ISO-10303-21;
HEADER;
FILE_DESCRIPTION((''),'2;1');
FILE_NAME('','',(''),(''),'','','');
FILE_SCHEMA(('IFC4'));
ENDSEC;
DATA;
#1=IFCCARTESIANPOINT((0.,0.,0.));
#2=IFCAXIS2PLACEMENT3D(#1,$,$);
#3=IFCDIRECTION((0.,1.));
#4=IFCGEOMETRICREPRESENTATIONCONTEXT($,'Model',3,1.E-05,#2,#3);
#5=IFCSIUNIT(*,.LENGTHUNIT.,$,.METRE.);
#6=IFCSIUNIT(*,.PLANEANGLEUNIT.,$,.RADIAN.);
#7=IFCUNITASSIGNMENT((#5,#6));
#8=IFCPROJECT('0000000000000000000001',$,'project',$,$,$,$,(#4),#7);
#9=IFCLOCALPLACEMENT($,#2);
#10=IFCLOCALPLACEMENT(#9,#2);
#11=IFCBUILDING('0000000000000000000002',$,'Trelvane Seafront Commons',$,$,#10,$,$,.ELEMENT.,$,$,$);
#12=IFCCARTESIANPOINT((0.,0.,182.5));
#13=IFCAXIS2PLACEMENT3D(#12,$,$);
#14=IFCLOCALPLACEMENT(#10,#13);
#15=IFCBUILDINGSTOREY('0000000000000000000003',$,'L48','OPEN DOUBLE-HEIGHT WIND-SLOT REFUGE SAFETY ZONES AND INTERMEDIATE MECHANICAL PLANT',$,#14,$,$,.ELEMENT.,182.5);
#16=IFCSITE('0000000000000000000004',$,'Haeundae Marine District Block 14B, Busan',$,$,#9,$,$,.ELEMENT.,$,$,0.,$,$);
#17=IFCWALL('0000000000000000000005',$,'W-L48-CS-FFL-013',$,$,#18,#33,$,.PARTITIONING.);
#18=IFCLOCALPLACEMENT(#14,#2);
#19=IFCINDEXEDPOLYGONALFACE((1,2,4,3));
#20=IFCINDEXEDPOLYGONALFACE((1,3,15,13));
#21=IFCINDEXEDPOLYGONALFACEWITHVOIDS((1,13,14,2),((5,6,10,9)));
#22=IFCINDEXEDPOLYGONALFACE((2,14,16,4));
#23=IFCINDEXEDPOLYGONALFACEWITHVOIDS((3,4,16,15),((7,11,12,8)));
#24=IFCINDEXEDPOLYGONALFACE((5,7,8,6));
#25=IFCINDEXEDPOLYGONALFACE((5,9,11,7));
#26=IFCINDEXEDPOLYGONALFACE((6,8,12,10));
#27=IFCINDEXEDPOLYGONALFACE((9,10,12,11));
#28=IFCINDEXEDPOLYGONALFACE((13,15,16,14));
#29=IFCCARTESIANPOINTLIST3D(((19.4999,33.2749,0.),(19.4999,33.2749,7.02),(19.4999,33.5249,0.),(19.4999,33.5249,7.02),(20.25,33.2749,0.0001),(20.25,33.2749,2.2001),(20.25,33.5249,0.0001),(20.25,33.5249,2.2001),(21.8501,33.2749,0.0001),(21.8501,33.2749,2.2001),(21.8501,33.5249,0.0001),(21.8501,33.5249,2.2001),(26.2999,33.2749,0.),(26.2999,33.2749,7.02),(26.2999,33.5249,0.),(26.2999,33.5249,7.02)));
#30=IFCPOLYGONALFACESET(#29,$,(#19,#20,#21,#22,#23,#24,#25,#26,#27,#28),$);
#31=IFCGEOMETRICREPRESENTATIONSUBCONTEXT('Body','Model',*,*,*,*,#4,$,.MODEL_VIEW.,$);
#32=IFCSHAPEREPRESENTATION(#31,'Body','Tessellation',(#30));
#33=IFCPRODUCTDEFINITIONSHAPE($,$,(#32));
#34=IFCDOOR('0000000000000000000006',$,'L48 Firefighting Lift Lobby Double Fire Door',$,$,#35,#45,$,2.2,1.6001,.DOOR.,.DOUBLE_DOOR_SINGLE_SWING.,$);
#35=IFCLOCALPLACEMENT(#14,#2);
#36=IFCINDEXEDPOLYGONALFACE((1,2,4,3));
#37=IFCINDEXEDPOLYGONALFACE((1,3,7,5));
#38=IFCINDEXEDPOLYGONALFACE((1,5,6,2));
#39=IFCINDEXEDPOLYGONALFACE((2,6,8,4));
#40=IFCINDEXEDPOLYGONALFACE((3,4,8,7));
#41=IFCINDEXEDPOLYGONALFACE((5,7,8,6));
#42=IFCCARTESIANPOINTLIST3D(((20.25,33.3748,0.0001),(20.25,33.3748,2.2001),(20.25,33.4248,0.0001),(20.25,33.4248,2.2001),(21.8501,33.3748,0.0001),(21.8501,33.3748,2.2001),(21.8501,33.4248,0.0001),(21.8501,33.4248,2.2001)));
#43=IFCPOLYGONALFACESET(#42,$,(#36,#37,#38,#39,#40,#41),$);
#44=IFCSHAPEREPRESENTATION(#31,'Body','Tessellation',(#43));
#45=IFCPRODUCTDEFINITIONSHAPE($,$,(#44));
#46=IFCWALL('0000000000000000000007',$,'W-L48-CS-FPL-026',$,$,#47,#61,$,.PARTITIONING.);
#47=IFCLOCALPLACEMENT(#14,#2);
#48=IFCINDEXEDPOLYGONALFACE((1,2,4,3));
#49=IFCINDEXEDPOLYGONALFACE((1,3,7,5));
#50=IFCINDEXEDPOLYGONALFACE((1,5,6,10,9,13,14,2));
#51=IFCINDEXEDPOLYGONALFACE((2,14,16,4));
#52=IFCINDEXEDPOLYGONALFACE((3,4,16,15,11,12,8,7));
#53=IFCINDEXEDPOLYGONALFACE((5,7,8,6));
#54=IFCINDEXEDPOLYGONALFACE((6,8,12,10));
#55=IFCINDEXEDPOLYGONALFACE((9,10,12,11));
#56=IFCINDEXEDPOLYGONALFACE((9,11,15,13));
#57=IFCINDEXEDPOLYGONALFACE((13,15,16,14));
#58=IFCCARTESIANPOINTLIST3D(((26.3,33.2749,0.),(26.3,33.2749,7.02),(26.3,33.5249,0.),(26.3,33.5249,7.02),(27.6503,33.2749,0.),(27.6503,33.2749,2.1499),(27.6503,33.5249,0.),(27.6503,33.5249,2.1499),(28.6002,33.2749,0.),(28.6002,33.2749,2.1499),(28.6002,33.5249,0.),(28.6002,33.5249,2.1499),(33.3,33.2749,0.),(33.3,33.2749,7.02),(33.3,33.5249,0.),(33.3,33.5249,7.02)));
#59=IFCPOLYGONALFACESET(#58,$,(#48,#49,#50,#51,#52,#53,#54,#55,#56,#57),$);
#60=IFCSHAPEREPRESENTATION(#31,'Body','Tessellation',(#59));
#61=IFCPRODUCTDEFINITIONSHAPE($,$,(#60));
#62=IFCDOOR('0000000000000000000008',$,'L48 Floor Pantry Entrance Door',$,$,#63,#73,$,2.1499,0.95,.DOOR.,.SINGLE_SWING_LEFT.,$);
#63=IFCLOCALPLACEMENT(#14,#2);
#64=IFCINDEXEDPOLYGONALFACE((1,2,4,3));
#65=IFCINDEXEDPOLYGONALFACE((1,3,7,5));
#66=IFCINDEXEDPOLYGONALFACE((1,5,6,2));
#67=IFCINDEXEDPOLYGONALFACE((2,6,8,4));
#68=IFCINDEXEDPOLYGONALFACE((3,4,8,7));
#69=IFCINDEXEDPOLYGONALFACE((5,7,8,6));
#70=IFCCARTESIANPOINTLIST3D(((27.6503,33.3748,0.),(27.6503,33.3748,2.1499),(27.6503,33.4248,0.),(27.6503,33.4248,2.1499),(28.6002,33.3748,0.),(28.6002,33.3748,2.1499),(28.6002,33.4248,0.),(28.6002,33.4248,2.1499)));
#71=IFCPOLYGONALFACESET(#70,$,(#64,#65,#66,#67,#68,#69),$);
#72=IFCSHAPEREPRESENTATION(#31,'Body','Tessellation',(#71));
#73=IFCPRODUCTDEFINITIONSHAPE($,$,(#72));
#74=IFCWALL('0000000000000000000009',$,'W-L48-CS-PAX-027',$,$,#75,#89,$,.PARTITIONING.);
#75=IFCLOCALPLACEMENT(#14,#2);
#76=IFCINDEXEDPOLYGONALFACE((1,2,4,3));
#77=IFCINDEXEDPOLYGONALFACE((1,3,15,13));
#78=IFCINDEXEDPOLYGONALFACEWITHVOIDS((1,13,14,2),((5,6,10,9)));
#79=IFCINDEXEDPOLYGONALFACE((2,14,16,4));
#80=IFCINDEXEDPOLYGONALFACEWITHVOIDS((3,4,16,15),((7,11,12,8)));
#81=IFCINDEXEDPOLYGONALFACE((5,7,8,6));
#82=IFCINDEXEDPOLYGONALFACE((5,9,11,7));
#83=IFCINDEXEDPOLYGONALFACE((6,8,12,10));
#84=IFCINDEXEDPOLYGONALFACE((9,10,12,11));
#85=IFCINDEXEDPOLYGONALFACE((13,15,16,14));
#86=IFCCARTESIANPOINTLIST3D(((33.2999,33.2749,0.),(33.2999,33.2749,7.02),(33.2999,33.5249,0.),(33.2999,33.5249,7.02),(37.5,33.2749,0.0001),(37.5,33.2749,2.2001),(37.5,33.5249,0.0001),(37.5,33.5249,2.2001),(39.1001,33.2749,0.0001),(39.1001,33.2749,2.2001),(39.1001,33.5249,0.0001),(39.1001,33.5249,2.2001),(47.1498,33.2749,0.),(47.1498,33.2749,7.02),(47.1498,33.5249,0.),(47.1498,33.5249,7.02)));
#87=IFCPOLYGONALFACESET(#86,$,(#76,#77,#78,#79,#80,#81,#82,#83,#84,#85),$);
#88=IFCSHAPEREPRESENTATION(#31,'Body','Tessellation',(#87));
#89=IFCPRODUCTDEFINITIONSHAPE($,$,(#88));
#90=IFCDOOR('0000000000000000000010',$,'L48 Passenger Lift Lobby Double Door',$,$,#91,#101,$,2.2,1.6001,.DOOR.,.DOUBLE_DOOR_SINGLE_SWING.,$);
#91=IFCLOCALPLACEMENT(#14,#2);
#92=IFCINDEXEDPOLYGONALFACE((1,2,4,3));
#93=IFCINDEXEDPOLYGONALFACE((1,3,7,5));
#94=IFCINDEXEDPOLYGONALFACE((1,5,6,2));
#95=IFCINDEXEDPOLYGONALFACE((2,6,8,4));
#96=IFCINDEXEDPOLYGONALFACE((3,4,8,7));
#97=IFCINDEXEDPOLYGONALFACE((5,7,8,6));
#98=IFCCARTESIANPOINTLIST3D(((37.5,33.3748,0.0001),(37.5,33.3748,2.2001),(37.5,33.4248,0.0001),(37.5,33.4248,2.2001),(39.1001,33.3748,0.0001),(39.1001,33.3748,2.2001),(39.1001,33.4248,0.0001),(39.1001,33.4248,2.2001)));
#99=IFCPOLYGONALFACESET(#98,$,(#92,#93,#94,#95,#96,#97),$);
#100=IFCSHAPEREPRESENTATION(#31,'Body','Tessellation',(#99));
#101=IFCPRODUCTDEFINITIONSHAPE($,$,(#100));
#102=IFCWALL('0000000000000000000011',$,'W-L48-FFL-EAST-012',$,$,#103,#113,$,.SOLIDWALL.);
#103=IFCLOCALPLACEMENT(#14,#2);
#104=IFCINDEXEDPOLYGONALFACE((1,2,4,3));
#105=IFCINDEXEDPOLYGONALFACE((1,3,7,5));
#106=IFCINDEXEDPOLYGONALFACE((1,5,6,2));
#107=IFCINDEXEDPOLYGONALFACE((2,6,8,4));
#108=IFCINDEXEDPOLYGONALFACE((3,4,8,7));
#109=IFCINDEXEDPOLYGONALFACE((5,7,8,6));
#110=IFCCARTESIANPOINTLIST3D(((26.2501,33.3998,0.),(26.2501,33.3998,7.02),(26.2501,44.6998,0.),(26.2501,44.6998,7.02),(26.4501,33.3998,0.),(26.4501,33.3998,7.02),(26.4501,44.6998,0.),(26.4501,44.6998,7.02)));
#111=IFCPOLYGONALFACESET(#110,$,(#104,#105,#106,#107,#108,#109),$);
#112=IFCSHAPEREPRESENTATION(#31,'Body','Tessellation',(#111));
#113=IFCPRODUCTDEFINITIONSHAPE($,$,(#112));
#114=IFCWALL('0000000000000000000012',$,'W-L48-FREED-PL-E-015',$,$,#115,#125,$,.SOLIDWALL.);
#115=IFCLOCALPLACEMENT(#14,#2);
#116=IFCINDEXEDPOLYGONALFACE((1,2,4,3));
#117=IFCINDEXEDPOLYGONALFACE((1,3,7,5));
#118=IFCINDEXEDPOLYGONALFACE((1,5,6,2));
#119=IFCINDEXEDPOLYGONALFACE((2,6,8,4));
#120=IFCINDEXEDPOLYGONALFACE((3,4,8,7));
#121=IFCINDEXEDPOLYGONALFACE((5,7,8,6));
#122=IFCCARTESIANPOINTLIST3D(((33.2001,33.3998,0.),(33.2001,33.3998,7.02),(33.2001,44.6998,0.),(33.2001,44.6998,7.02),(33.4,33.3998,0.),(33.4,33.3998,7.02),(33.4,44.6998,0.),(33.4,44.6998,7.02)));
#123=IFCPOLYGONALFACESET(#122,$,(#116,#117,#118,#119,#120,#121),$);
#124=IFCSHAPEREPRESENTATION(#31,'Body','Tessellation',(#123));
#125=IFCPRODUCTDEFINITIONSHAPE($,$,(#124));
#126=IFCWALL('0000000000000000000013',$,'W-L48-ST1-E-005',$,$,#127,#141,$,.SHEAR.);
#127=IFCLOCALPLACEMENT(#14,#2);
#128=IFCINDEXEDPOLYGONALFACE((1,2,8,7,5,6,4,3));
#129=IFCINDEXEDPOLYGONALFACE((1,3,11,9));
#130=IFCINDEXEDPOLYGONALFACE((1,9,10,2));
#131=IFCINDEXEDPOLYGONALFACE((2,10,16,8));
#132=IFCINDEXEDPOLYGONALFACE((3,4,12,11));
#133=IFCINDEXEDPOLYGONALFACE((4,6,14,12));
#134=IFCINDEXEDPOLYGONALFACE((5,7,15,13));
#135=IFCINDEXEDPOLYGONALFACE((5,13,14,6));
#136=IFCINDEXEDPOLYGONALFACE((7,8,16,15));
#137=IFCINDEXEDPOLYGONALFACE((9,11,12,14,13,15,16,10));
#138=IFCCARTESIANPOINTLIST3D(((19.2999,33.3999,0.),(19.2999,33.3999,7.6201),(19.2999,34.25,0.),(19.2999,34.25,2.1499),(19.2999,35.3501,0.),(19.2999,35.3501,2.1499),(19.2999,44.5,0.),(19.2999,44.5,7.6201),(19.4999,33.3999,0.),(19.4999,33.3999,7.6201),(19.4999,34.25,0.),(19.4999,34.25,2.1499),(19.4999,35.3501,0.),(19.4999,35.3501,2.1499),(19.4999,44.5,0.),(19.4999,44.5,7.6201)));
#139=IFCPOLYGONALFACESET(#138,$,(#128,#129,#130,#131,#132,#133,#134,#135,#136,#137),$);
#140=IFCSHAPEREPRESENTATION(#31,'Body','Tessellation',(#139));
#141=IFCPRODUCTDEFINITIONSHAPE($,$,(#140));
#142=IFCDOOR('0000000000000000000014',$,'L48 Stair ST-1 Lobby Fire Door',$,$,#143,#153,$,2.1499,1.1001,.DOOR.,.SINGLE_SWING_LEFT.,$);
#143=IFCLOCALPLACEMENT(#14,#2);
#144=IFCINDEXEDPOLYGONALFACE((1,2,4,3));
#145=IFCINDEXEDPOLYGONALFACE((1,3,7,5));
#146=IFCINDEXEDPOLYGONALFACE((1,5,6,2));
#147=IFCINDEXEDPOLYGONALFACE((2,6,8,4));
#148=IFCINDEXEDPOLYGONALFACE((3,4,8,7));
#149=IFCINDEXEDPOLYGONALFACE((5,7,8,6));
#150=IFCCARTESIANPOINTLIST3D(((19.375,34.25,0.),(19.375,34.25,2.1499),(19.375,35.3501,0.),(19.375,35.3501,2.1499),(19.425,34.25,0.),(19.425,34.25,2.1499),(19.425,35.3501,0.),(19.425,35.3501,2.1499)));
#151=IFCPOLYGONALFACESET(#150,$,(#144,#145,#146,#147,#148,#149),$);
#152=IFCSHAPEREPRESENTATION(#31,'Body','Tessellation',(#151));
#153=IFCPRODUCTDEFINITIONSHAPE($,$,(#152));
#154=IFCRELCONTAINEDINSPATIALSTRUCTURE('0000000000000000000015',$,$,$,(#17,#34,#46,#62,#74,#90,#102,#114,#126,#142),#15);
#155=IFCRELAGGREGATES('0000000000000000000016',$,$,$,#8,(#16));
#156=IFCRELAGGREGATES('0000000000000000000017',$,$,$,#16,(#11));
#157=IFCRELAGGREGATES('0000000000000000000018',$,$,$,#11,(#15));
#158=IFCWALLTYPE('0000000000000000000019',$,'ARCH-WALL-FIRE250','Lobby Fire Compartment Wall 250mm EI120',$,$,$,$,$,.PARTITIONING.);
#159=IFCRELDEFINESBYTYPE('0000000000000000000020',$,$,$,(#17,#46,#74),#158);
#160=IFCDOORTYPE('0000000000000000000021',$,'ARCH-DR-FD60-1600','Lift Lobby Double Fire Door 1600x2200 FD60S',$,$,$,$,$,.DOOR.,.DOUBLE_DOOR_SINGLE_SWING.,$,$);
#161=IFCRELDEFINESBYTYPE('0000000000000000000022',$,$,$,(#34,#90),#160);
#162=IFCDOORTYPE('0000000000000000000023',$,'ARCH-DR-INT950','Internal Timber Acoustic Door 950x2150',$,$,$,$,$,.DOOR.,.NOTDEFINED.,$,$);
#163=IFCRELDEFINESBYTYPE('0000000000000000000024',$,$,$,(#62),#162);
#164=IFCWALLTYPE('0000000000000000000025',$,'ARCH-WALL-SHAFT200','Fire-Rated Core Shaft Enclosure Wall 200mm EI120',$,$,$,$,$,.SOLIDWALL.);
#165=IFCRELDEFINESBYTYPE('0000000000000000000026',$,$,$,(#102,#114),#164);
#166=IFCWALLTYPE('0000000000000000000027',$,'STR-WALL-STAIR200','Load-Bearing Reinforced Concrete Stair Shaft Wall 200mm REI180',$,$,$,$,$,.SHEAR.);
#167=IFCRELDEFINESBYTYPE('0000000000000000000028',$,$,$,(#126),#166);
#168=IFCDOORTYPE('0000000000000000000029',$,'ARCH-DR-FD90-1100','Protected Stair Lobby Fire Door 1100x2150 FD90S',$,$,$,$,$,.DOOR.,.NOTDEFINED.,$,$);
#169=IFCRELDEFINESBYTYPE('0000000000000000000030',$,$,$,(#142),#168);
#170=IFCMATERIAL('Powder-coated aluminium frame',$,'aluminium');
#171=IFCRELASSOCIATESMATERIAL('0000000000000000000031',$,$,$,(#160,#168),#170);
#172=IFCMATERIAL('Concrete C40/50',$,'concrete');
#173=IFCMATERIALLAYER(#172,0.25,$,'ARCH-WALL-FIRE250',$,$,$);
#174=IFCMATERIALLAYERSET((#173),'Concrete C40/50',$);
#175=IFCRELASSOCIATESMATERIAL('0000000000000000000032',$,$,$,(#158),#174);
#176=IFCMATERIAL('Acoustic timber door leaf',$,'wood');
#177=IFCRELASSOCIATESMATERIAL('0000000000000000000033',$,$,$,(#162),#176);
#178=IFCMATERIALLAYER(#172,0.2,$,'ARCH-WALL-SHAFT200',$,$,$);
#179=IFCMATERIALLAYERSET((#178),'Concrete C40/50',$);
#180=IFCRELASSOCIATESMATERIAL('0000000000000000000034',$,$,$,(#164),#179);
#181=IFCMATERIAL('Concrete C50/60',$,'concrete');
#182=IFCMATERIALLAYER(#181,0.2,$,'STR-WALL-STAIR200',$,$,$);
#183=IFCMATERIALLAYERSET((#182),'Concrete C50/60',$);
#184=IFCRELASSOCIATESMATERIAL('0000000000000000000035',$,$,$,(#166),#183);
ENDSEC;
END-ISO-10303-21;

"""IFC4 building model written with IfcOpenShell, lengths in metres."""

from ifc_helpers import new_model, si_unit, direction, frame, frame_2d, origin, place, context, subcontext, project, spatial, rectangle, extrude, source, transform, mapped, material, layer, layer_set, type_object, element, fill, save


model = new_model("IFC4")

# Units and contexts
model_context = context("Model", 3, precision=1e-05, world=origin(), true_north=direction((0.0, 1.0)))
body_context = subcontext(model_context, "Body", "Model", "MODEL_VIEW")
ifc_project = project(units=[si_unit("LENGTHUNIT", "METRE"), si_unit("PLANEANGLEUNIT", "RADIAN")], contexts=[model_context])

# Site, building, storey
site_placement = place(None, origin())
site = spatial("IfcSite", under=ifc_project, at=site_placement, Name="Haeundae Marine District Block 14B, Busan", CompositionType="ELEMENT", RefElevation=0.0)
building_placement = place(site_placement, origin())
building = spatial("IfcBuilding", under=site, at=building_placement, Name="Trelvane Seafront Commons", CompositionType="ELEMENT")
storey_placement = place(building_placement, frame((0.0, 0.0, 182.5)))
storey = spatial("IfcBuildingStorey", under=building, at=storey_placement, Name="L48", Description="OPEN DOUBLE-HEIGHT WIND-SLOT REFUGE SAFETY ZONES AND INTERMEDIATE MECHANICAL PLANT", CompositionType="ELEMENT", Elevation=182.5)

# Shared definitions
ifc_material_1 = material(Name="Concrete C50/60", Category="concrete")

# Walls, openings, doors
ifc_material_2 = material(Name="Concrete C40/50", Category="concrete")
ifc_material_3 = material(Name="Powder-coated aluminium frame", Category="aluminium")
door_type_1 = type_object("IfcDoorType", Name="ARCH-DR-FD60-1600", Description="Lift Lobby Double Fire Door 1600x2200 FD60S", OperationType="DOUBLE_DOOR_SINGLE_SWING", PredefinedType="DOOR", material=ifc_material_3)
shared_shape_1 = source(origin(), body_context, "Body", "SweptSolid", [
    extrude(rectangle(XDim=1.6001, YDim=2.2, at=frame_2d((0.8, 1.1001))), frame((0.0, 0.0249, 0.0), z_axis=(0.0, -1.0, 0.0), x_axis=(1.0, 0.0, 0.0)), (0.0, 0.0, 1.0), 0.05),
])
ifc_layer_1 = layer(ifc_material_2, 0.25, Name="ARCH-WALL-FIRE250")
ifc_layer_set_1 = layer_set([ifc_layer_1], Name="Concrete C40/50")
wall_type_1 = type_object("IfcWallType", Name="ARCH-WALL-FIRE250", Description="Lobby Fire Compartment Wall 250mm EI120", PredefinedType="PARTITIONING", material=ifc_layer_set_1)
wall_1_placement = place(storey_placement, frame((19.5, 33.3999, 0.0), z_axis=(0.0, 0.0, 1.0), x_axis=(1.0, 0.0, 0.0)))
wall_1 = element("IfcWall", 1, at=wall_1_placement, inside=storey, type_object=wall_type_1, Name="W-L48-CS-FFL-013", PredefinedType="PARTITIONING", context=body_context, shape_type="SweptSolid", body=[
    extrude(rectangle(XDim=6.8, YDim=0.25, at=frame_2d((3.3999, 0.0))), origin(), (0.0, 0.0, 1.0), 7.02),
])
opening_1_placement = place(wall_1_placement, frame((0.75, 0.0, 0.0)))
opening_1 = element("IfcOpeningElement", 2, at=opening_1_placement, cuts=wall_1, PredefinedType="OPENING", context=body_context, shape_type="SweptSolid", body=[
    extrude(rectangle(XDim=1.6001, YDim=2.2, at=frame_2d((0.8, 1.1001))), frame((0.0, 0.135, 0.0), z_axis=(0.0, -1.0, 0.0), x_axis=(1.0, 0.0, 0.0)), (0.0, 0.0, 1.0), 0.27),
])
door_1_placement = place(opening_1_placement, origin())
door_1 = element("IfcDoor", 3, at=door_1_placement, inside=storey, type_object=door_type_1, Name="L48 Firefighting Lift Lobby Double Fire Door", OperationType="DOUBLE_DOOR_SINGLE_SWING", OverallHeight=2.2, OverallWidth=1.6001, PredefinedType="DOOR", context=body_context, shape_type="MappedRepresentation", body=[
    mapped(shared_shape_1, transform((0.0, 0.0, 0.0), x_axis=(1.0, 0.0, 0.0), y_axis=(0.0, 1.0, 0.0), z_axis=(0.0, 0.0, 1.0), scale=1.0)),
])
fill(opening_1, door_1)
wall_2_placement = place(storey_placement, frame((26.3, 33.3999, 0.0), z_axis=(0.0, 0.0, 1.0), x_axis=(1.0, 0.0, 0.0)))
wall_2 = element("IfcWall", 4, at=wall_2_placement, inside=storey, type_object=wall_type_1, Name="W-L48-CS-FPL-026", PredefinedType="PARTITIONING", context=body_context, shape_type="SweptSolid", body=[
    extrude(rectangle(XDim=7.0, YDim=0.25, at=frame_2d((3.5, 0.0))), origin(), (0.0, 0.0, 1.0), 7.02),
])
opening_2_placement = place(wall_2_placement, frame((1.3501, 0.0, 0.0)))
opening_2 = element("IfcOpeningElement", 5, at=opening_2_placement, cuts=wall_2, PredefinedType="OPENING", context=body_context, shape_type="SweptSolid", body=[
    extrude(rectangle(XDim=0.95, YDim=2.1499, at=frame_2d((0.4751, 1.075))), frame((0.0, 0.135, 0.0), z_axis=(0.0, -1.0, 0.0), x_axis=(1.0, 0.0, 0.0)), (0.0, 0.0, 1.0), 0.27),
])
ifc_material_4 = material(Name="Acoustic timber door leaf", Category="wood")
door_type_2 = type_object("IfcDoorType", Name="ARCH-DR-INT950", Description="Internal Timber Acoustic Door 950x2150", OperationType="NOTDEFINED", PredefinedType="DOOR", material=ifc_material_4)
shared_shape_2 = source(origin(), body_context, "Body", "SweptSolid", [
    extrude(rectangle(XDim=0.95, YDim=2.1499, at=frame_2d((0.4751, 1.075))), frame((0.0, 0.0249, 0.0), z_axis=(0.0, -1.0, 0.0), x_axis=(1.0, 0.0, 0.0)), (0.0, 0.0, 1.0), 0.05),
])
door_2_placement = place(opening_2_placement, origin())
door_2 = element("IfcDoor", 6, at=door_2_placement, inside=storey, type_object=door_type_2, Name="L48 Floor Pantry Entrance Door", OperationType="SINGLE_SWING_LEFT", OverallHeight=2.1499, OverallWidth=0.95, PredefinedType="DOOR", context=body_context, shape_type="MappedRepresentation", body=[
    mapped(shared_shape_2, transform((0.0, 0.0, 0.0), x_axis=(1.0, 0.0, 0.0), y_axis=(0.0, 1.0, 0.0), z_axis=(0.0, 0.0, 1.0), scale=1.0)),
])
fill(opening_2, door_2)
wall_3_placement = place(storey_placement, frame((33.3, 33.3999, 0.0), z_axis=(0.0, 0.0, 1.0), x_axis=(1.0, 0.0, 0.0)))
wall_3 = element("IfcWall", 7, at=wall_3_placement, inside=storey, type_object=wall_type_1, Name="W-L48-CS-PAX-027", PredefinedType="PARTITIONING", context=body_context, shape_type="SweptSolid", body=[
    extrude(rectangle(XDim=13.8499, YDim=0.25, at=frame_2d((6.9248, 0.0))), origin(), (0.0, 0.0, 1.0), 7.02),
])
opening_3_placement = place(wall_3_placement, frame((4.2, 0.0, 0.0)))
opening_3 = element("IfcOpeningElement", 8, at=opening_3_placement, cuts=wall_3, PredefinedType="OPENING", context=body_context, shape_type="SweptSolid", body=[
    extrude(rectangle(XDim=1.6001, YDim=2.2, at=frame_2d((0.8, 1.1001))), frame((0.0, 0.135, 0.0), z_axis=(0.0, -1.0, 0.0), x_axis=(1.0, 0.0, 0.0)), (0.0, 0.0, 1.0), 0.27),
])
door_3_placement = place(opening_3_placement, origin())
door_3 = element("IfcDoor", 9, at=door_3_placement, inside=storey, type_object=door_type_1, Name="L48 Passenger Lift Lobby Double Door", OperationType="DOUBLE_DOOR_SINGLE_SWING", OverallHeight=2.2, OverallWidth=1.6001, PredefinedType="DOOR", context=body_context, shape_type="MappedRepresentation", body=[
    mapped(shared_shape_1, transform((0.0, 0.0, 0.0), x_axis=(1.0, 0.0, 0.0), y_axis=(0.0, 1.0, 0.0), z_axis=(0.0, 0.0, 1.0), scale=1.0)),
])
fill(opening_3, door_3)

# Walls
ifc_layer_2 = layer(ifc_material_2, 0.2, Name="ARCH-WALL-SHAFT200")
ifc_layer_set_2 = layer_set([ifc_layer_2], Name="Concrete C40/50")
wall_type_2 = type_object("IfcWallType", Name="ARCH-WALL-SHAFT200", Description="Fire-Rated Core Shaft Enclosure Wall 200mm EI120", PredefinedType="SOLIDWALL", material=ifc_layer_set_2)
for number, where, z_axis, x_axis, name in (
    (10, (26.3501, 33.3999, 0.0), (0.0, 0.0, 1.0), (0.0, 1.0, 0.0), "W-L48-FFL-EAST-012"),
    (11, (33.3, 33.3999, 0.0), (0.0, 0.0, 1.0), (0.0, 1.0, 0.0), "W-L48-FREED-PL-E-015"),
):
    element("IfcWall", number, at=place(storey_placement, frame(where, z_axis=z_axis, x_axis=x_axis)), inside=storey, type_object=wall_type_2, Name=name, PredefinedType="SOLIDWALL", context=body_context, shape_type="SweptSolid", body=[
        extrude(rectangle(XDim=11.3, YDim=0.2, at=frame_2d((5.6499, 0.0))), origin(), (0.0, 0.0, 1.0), 7.02),
    ])

# Wall, opening, door
ifc_layer_3 = layer(ifc_material_1, 0.2, Name="STR-WALL-STAIR200")
ifc_layer_set_3 = layer_set([ifc_layer_3], Name="Concrete C50/60")
wall_type_3 = type_object("IfcWallType", Name="STR-WALL-STAIR200", Description="Load-Bearing Reinforced Concrete Stair Shaft Wall 200mm REI180", PredefinedType="SHEAR", material=ifc_layer_set_3)
wall_4_placement = place(storey_placement, frame((19.3999, 33.3999, 0.0), z_axis=(0.0, 0.0, 1.0), x_axis=(0.0, 1.0, 0.0)))
wall_4 = element("IfcWall", 12, at=wall_4_placement, inside=storey, type_object=wall_type_3, Name="W-L48-ST1-E-005", PredefinedType="SHEAR", context=body_context, shape_type="SweptSolid", body=[
    extrude(rectangle(XDim=11.1001, YDim=0.2, at=frame_2d((5.55, 0.0))), origin(), (0.0, 0.0, 1.0), 7.6201),
])
opening_4_placement = place(wall_4_placement, frame((0.8501, 0.0, 0.0)))
opening_4 = element("IfcOpeningElement", 13, at=opening_4_placement, cuts=wall_4, PredefinedType="OPENING", context=body_context, shape_type="SweptSolid", body=[
    extrude(rectangle(XDim=1.1001, YDim=2.1499, at=frame_2d((0.55, 1.075))), frame((0.0, 0.1099, 0.0), z_axis=(0.0, -1.0, 0.0), x_axis=(1.0, 0.0, 0.0)), (0.0, 0.0, 1.0), 0.22),
])
door_type_3 = type_object("IfcDoorType", Name="ARCH-DR-FD90-1100", Description="Protected Stair Lobby Fire Door 1100x2150 FD90S", OperationType="NOTDEFINED", PredefinedType="DOOR", material=ifc_material_3)
shared_shape_3 = source(origin(), body_context, "Body", "SweptSolid", [
    extrude(rectangle(XDim=1.1001, YDim=2.1499, at=frame_2d((0.55, 1.075))), frame((0.0, 0.0249, 0.0), z_axis=(0.0, -1.0, 0.0), x_axis=(1.0, 0.0, 0.0)), (0.0, 0.0, 1.0), 0.05),
])
door_4_placement = place(opening_4_placement, origin())
door_4 = element("IfcDoor", 14, at=door_4_placement, inside=storey, type_object=door_type_3, Name="L48 Stair ST-1 Lobby Fire Door", OperationType="SINGLE_SWING_LEFT", OverallHeight=2.1499, OverallWidth=1.1001, PredefinedType="DOOR", context=body_context, shape_type="MappedRepresentation", body=[
    mapped(shared_shape_3, transform((0.0, 0.0, 0.0), x_axis=(1.0, 0.0, 0.0), y_axis=(0.0, 1.0, 0.0), z_axis=(0.0, 0.0, 1.0), scale=1.0)),
])
fill(opening_4, door_4)

save(model, "model.ifc")
